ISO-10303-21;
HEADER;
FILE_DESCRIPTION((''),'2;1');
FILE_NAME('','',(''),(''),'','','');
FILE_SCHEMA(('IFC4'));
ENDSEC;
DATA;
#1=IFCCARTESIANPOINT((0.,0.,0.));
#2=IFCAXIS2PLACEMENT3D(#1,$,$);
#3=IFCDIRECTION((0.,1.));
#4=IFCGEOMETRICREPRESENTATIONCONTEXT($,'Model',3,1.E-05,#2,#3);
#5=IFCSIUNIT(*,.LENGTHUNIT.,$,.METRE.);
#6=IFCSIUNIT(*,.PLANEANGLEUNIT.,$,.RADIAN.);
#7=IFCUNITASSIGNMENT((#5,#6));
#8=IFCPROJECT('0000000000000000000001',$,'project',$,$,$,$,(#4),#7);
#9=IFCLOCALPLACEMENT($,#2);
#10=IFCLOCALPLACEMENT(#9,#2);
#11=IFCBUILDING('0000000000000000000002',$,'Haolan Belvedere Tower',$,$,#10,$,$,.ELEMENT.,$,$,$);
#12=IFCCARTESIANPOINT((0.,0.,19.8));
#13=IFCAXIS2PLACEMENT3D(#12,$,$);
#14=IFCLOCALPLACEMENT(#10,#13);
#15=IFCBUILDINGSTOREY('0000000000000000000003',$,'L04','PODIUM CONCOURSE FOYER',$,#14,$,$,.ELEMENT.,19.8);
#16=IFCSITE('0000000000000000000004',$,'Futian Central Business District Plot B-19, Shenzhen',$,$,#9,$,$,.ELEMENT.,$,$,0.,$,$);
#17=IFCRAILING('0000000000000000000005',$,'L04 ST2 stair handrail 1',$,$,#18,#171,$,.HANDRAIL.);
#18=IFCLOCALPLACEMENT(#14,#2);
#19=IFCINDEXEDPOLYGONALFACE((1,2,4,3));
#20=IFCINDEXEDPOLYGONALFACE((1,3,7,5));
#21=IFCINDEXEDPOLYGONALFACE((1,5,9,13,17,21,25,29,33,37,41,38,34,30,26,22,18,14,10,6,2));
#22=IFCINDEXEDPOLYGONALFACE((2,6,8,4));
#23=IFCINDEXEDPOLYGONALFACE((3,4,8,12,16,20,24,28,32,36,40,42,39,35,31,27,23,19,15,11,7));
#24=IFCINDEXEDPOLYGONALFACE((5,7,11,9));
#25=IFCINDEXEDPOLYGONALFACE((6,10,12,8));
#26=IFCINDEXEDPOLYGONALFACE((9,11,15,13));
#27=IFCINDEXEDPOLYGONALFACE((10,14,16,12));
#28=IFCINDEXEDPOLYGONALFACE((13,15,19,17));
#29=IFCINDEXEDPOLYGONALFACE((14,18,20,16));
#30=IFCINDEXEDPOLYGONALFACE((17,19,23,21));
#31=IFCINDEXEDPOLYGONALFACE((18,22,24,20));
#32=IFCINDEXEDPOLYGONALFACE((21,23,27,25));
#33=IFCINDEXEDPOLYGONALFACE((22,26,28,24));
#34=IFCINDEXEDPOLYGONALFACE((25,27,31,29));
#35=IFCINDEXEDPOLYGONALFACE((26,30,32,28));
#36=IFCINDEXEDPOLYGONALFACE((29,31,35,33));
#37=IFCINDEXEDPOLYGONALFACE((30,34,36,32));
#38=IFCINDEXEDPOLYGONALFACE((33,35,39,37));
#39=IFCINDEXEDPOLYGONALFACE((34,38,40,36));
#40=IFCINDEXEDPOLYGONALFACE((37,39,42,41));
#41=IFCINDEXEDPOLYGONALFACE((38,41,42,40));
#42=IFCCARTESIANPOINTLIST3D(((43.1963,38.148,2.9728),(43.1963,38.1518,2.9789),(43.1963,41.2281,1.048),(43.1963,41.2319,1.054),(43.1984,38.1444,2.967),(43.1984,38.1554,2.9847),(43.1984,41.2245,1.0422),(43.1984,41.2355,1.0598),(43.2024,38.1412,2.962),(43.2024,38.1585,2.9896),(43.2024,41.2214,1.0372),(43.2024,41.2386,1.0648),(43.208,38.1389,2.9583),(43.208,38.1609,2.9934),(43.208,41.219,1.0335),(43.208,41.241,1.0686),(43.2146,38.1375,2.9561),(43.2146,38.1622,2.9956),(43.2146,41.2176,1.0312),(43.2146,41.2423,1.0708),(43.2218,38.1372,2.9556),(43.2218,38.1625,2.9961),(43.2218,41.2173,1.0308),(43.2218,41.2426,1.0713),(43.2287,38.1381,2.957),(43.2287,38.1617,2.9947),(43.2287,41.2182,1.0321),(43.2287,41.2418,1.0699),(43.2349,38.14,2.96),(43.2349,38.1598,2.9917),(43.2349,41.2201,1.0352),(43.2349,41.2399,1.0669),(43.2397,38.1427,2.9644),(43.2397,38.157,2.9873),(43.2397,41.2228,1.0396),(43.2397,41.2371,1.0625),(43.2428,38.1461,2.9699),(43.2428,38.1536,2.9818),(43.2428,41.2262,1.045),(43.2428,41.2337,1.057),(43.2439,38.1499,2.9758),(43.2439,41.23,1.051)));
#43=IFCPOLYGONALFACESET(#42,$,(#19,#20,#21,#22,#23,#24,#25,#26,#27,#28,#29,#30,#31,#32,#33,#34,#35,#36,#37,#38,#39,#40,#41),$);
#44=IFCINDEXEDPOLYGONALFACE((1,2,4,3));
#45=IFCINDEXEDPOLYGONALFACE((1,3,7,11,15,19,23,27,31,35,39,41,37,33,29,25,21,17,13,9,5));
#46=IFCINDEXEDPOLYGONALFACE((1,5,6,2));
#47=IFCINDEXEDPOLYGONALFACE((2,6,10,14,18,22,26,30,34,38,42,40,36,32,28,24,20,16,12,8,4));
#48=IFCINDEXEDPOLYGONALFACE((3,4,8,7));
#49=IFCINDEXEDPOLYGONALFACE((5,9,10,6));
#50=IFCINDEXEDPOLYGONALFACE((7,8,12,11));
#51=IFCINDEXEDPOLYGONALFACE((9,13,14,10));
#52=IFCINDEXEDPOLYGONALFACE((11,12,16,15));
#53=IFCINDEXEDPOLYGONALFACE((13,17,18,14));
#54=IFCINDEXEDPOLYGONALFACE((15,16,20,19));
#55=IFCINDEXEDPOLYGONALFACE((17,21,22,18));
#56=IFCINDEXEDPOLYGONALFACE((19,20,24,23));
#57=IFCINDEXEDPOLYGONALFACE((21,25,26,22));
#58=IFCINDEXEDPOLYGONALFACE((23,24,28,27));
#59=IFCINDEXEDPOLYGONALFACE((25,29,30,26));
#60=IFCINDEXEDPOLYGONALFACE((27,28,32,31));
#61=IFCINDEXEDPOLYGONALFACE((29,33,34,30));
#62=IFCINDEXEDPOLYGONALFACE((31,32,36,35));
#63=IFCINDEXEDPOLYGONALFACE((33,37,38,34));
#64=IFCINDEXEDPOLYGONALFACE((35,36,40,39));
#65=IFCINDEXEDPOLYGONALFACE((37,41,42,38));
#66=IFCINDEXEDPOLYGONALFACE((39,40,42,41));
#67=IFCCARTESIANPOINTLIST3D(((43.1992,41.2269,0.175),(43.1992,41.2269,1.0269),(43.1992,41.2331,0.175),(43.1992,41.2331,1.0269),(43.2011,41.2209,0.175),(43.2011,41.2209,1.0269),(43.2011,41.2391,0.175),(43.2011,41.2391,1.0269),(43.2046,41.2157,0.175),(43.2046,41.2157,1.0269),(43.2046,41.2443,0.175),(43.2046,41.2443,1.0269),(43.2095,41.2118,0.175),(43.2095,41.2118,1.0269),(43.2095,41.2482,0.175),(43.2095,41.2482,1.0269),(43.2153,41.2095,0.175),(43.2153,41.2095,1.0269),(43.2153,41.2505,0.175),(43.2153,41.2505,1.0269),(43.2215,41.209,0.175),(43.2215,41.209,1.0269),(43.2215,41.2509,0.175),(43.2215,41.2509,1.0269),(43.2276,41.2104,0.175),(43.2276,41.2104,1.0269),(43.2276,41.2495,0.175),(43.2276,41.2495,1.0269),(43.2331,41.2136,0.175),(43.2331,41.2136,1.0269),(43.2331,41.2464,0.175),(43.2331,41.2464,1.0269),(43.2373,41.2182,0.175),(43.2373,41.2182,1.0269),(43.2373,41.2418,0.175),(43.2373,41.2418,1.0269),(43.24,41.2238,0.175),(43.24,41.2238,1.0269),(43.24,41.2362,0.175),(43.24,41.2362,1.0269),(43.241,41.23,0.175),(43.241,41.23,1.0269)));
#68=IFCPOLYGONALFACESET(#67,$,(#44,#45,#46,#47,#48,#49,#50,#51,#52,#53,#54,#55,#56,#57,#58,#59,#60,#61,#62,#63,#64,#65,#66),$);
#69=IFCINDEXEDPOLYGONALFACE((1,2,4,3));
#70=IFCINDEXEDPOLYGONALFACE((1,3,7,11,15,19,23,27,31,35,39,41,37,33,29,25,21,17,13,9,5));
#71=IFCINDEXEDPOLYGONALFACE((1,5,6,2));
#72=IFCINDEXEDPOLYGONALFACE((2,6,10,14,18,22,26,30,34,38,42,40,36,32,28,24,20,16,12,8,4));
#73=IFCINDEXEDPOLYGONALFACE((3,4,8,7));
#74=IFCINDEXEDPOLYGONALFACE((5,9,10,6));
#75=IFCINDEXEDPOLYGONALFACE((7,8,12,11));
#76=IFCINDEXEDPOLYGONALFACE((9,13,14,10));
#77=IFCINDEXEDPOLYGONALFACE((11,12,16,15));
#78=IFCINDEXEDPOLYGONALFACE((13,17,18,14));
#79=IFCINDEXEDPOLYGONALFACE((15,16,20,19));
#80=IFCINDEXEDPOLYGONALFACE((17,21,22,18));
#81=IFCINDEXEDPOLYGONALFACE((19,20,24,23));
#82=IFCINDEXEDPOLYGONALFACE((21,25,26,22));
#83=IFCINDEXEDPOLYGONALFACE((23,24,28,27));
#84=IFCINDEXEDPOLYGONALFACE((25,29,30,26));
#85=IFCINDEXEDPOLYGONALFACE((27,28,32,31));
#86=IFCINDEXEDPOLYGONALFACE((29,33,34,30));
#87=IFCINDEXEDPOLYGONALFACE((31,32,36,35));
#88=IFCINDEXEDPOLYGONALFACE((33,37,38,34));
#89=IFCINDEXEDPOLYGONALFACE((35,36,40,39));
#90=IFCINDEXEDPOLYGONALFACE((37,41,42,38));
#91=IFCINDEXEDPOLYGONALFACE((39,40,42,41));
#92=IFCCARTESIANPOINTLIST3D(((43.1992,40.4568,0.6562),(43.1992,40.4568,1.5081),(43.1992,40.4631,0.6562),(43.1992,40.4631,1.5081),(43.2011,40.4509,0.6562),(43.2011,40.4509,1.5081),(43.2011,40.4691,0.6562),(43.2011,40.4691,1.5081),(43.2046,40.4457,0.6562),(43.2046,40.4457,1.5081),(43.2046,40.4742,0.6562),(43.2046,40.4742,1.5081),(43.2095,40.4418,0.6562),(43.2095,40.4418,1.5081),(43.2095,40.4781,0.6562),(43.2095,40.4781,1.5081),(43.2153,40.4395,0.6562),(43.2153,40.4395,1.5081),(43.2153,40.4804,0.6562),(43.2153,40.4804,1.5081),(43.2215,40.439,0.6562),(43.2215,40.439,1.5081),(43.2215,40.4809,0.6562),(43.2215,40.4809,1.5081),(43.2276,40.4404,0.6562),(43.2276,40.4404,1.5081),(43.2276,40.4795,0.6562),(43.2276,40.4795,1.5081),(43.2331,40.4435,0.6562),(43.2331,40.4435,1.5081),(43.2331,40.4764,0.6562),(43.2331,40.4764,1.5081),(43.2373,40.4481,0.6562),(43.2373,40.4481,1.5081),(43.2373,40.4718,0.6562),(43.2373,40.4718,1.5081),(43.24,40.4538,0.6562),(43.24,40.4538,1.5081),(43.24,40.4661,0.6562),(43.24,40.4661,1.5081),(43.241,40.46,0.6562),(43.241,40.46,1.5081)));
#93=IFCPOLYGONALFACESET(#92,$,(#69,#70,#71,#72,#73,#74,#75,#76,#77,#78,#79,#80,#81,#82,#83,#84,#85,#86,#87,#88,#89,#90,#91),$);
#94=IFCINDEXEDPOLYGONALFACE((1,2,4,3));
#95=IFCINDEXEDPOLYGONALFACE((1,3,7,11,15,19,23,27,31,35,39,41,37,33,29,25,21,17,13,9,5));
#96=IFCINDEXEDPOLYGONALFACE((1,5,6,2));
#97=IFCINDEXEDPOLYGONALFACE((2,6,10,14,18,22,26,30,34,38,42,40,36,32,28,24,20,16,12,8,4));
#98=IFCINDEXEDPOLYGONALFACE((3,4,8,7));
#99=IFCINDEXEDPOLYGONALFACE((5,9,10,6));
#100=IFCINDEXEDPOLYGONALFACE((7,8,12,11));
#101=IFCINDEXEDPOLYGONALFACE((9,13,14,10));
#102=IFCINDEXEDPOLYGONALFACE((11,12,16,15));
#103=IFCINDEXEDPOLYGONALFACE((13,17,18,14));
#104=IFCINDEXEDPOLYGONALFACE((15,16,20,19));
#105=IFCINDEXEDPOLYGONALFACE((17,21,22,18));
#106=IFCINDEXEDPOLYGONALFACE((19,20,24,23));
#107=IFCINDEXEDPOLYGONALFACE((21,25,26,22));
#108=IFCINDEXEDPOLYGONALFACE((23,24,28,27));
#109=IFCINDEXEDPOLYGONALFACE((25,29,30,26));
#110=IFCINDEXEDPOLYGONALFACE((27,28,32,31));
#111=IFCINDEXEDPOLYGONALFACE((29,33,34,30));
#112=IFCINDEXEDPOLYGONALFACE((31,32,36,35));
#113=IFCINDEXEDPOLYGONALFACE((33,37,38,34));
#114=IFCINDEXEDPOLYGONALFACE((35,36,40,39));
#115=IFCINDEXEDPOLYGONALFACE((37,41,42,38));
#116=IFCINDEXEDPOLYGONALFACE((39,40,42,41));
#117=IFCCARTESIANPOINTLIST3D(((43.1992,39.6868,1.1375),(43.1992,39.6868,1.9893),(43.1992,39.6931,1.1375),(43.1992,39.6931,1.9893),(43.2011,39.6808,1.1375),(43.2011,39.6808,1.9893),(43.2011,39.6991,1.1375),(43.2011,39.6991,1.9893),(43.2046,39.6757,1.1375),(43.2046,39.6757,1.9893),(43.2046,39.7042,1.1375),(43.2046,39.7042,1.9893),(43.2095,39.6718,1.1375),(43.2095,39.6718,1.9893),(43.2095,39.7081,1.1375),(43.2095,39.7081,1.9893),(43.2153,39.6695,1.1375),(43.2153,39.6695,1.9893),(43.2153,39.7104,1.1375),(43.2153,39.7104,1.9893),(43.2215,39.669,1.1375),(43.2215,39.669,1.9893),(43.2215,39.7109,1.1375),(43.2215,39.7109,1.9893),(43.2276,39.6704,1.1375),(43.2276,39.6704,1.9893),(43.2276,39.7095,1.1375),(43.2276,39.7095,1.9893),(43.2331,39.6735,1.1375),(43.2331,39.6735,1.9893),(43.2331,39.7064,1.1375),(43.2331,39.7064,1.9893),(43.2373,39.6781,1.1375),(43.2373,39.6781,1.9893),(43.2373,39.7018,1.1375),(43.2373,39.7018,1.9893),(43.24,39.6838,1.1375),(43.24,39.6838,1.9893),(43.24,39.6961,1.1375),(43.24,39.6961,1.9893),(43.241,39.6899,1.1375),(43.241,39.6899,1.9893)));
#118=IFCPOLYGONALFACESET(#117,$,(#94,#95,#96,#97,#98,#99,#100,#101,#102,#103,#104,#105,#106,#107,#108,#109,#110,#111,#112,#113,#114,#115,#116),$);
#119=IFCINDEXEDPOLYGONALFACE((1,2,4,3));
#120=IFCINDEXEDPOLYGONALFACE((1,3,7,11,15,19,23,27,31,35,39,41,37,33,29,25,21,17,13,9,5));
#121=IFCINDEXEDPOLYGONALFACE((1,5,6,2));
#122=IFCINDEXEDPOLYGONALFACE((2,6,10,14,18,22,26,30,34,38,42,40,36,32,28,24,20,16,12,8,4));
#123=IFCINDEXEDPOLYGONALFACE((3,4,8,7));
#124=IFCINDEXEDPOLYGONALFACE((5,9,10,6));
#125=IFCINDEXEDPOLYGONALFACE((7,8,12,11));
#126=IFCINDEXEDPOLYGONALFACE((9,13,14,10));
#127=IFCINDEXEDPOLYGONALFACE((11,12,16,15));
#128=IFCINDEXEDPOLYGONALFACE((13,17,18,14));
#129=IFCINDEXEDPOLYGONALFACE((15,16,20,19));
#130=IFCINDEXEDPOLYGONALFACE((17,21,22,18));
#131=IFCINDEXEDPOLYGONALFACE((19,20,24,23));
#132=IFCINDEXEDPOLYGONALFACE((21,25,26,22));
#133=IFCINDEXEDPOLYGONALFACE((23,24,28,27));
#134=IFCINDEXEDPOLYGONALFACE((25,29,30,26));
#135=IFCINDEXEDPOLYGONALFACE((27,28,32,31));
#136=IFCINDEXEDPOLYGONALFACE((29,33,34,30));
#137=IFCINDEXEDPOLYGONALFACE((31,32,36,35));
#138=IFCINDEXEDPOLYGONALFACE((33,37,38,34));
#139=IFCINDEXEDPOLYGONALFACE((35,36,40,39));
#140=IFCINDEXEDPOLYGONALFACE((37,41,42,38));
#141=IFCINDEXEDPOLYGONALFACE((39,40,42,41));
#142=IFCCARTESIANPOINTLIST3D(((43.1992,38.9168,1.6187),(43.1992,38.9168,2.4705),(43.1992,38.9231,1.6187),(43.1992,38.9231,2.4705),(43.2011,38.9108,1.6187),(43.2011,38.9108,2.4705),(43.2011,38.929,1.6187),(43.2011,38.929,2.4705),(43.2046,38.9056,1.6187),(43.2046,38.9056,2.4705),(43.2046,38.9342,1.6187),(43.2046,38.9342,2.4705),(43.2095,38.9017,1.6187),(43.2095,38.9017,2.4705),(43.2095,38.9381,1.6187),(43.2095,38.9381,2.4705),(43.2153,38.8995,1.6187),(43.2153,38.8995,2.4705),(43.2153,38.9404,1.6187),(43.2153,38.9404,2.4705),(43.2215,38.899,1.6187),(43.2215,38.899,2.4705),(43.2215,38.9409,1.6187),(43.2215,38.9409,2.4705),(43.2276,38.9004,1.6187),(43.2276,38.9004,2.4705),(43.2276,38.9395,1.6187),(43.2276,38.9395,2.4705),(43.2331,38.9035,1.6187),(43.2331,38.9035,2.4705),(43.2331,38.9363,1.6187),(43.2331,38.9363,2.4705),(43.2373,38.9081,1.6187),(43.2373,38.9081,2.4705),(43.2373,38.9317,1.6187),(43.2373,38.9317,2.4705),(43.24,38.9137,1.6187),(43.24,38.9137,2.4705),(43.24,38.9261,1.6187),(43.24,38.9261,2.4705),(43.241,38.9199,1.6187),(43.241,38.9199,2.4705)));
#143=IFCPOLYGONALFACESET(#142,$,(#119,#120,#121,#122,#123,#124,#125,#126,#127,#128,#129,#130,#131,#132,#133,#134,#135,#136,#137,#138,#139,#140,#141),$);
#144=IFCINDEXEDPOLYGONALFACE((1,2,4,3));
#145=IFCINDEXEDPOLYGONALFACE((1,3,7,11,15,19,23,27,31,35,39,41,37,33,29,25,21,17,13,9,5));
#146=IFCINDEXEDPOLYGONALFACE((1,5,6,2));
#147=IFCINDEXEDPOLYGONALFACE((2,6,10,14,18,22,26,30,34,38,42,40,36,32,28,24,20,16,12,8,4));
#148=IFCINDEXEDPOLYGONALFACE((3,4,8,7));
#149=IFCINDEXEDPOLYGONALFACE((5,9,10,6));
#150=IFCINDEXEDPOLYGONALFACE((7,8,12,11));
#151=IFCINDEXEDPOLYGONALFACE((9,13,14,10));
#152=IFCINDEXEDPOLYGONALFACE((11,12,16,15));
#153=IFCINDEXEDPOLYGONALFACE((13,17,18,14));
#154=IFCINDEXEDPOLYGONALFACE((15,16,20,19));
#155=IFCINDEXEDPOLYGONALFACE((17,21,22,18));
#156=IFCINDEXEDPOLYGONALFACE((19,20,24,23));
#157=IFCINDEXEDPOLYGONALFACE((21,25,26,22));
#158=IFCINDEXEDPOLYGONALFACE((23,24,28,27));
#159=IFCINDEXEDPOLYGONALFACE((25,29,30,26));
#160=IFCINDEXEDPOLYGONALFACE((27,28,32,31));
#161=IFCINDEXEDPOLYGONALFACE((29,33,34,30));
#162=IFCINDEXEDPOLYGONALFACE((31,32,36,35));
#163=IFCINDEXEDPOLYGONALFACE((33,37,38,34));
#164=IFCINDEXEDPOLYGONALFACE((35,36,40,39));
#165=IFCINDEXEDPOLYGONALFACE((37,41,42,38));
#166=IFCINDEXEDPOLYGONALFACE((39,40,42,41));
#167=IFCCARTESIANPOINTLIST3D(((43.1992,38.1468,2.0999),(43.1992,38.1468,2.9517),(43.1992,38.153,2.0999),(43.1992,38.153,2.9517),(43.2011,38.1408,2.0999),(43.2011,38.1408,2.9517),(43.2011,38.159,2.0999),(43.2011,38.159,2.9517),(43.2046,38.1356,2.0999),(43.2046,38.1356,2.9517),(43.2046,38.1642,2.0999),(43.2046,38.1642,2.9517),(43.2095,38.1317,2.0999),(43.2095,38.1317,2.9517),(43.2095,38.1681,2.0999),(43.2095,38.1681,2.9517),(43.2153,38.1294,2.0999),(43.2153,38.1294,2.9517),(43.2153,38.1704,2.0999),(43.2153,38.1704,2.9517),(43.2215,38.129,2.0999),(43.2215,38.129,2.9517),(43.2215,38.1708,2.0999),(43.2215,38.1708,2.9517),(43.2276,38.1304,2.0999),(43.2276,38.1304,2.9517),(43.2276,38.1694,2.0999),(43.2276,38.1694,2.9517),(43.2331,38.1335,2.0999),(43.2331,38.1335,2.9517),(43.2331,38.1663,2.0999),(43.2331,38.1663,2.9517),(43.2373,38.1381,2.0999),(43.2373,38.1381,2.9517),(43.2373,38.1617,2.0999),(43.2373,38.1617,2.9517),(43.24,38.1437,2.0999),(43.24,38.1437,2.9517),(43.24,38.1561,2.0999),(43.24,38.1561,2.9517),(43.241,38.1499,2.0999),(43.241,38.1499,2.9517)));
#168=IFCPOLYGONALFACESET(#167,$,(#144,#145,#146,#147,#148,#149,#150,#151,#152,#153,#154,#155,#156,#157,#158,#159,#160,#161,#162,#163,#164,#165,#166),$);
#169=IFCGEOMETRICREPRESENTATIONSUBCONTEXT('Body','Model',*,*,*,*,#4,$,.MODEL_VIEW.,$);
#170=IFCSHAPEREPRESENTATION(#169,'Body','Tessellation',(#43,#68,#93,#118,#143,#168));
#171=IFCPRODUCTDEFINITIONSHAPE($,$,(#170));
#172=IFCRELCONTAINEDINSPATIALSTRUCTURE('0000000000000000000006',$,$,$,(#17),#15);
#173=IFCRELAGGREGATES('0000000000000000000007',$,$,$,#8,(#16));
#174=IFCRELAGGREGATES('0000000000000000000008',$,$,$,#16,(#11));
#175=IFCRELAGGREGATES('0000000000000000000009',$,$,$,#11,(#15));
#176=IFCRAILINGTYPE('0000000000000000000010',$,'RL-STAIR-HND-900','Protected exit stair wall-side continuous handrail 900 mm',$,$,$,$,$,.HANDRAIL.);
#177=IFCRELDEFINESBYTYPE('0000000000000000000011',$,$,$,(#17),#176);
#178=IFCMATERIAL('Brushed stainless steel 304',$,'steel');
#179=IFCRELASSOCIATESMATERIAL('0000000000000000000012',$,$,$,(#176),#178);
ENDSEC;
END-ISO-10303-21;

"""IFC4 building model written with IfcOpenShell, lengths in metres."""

from ifc_helpers import new_model, si_unit, direction, frame, origin, origin_2d, place, context, subcontext, project, spatial, circle, extrude, material, type_object, element, save


model = new_model("IFC4")

# Units and contexts
model_context = context("Model", 3, precision=1e-05, world=origin(), true_north=direction((0.0, 1.0)))
body_context = subcontext(model_context, "Body", "Model", "MODEL_VIEW")
ifc_project = project(units=[si_unit("LENGTHUNIT", "METRE"), si_unit("PLANEANGLEUNIT", "RADIAN")], contexts=[model_context])

# Site, building, storey
site_placement = place(None, origin())
site = spatial("IfcSite", under=ifc_project, at=site_placement, Name="Futian Central Business District Plot B-19, Shenzhen", CompositionType="ELEMENT", RefElevation=0.0)
building_placement = place(site_placement, origin())
building = spatial("IfcBuilding", under=site, at=building_placement, Name="Haolan Belvedere Tower", CompositionType="ELEMENT")
storey_placement = place(building_placement, frame((0.0, 0.0, 19.8)))
storey = spatial("IfcBuildingStorey", under=building, at=storey_placement, Name="L04", Description="PODIUM CONCOURSE FOYER", CompositionType="ELEMENT", Elevation=19.8)

# Railing
ifc_material_1 = material(Name="Brushed stainless steel 304", Category="steel")
railing_type_1 = type_object("IfcRailingType", Name="RL-STAIR-HND-900", Description="Protected exit stair wall-side continuous handrail 900 mm", PredefinedType="HANDRAIL", material=ifc_material_1)
railing_1_placement = place(storey_placement, frame((43.22, 41.23, 0.175)))
element("IfcRailing", 1, at=railing_1_placement, inside=storey, type_object=railing_type_1, Name="L04 ST2 stair handrail 1", PredefinedType="HANDRAIL", context=body_context, shape_type="SweptSolid", body=[
    extrude(circle(Radius=0.0239, at=origin_2d()), frame((0.0, 0.0, 0.876), z_axis=(0.0, -0.848029, 0.529951), x_axis=(1.0, 0.0, 0.0)), (0.0, 0.0, 1.0), 3.6321),
    extrude(circle(Radius=0.021, at=origin_2d()), origin(), (0.0, 0.0, 1.0), 0.8518),
    extrude(circle(Radius=0.021, at=origin_2d()), frame((0.0, -0.77, 0.4812)), (0.0, 0.0, 1.0), 0.8518),
    extrude(circle(Radius=0.021, at=origin_2d()), frame((0.0, -1.54, 0.9624)), (0.0, 0.0, 1.0), 0.8518),
    extrude(circle(Radius=0.021, at=origin_2d()), frame((0.0, -2.3101, 1.4436)), (0.0, 0.0, 1.0), 0.8518),
    extrude(circle(Radius=0.021, at=origin_2d()), frame((0.0, -3.0801, 1.9248)), (0.0, 0.0, 1.0), 0.8518),
])

save(model, "model.ifc")
